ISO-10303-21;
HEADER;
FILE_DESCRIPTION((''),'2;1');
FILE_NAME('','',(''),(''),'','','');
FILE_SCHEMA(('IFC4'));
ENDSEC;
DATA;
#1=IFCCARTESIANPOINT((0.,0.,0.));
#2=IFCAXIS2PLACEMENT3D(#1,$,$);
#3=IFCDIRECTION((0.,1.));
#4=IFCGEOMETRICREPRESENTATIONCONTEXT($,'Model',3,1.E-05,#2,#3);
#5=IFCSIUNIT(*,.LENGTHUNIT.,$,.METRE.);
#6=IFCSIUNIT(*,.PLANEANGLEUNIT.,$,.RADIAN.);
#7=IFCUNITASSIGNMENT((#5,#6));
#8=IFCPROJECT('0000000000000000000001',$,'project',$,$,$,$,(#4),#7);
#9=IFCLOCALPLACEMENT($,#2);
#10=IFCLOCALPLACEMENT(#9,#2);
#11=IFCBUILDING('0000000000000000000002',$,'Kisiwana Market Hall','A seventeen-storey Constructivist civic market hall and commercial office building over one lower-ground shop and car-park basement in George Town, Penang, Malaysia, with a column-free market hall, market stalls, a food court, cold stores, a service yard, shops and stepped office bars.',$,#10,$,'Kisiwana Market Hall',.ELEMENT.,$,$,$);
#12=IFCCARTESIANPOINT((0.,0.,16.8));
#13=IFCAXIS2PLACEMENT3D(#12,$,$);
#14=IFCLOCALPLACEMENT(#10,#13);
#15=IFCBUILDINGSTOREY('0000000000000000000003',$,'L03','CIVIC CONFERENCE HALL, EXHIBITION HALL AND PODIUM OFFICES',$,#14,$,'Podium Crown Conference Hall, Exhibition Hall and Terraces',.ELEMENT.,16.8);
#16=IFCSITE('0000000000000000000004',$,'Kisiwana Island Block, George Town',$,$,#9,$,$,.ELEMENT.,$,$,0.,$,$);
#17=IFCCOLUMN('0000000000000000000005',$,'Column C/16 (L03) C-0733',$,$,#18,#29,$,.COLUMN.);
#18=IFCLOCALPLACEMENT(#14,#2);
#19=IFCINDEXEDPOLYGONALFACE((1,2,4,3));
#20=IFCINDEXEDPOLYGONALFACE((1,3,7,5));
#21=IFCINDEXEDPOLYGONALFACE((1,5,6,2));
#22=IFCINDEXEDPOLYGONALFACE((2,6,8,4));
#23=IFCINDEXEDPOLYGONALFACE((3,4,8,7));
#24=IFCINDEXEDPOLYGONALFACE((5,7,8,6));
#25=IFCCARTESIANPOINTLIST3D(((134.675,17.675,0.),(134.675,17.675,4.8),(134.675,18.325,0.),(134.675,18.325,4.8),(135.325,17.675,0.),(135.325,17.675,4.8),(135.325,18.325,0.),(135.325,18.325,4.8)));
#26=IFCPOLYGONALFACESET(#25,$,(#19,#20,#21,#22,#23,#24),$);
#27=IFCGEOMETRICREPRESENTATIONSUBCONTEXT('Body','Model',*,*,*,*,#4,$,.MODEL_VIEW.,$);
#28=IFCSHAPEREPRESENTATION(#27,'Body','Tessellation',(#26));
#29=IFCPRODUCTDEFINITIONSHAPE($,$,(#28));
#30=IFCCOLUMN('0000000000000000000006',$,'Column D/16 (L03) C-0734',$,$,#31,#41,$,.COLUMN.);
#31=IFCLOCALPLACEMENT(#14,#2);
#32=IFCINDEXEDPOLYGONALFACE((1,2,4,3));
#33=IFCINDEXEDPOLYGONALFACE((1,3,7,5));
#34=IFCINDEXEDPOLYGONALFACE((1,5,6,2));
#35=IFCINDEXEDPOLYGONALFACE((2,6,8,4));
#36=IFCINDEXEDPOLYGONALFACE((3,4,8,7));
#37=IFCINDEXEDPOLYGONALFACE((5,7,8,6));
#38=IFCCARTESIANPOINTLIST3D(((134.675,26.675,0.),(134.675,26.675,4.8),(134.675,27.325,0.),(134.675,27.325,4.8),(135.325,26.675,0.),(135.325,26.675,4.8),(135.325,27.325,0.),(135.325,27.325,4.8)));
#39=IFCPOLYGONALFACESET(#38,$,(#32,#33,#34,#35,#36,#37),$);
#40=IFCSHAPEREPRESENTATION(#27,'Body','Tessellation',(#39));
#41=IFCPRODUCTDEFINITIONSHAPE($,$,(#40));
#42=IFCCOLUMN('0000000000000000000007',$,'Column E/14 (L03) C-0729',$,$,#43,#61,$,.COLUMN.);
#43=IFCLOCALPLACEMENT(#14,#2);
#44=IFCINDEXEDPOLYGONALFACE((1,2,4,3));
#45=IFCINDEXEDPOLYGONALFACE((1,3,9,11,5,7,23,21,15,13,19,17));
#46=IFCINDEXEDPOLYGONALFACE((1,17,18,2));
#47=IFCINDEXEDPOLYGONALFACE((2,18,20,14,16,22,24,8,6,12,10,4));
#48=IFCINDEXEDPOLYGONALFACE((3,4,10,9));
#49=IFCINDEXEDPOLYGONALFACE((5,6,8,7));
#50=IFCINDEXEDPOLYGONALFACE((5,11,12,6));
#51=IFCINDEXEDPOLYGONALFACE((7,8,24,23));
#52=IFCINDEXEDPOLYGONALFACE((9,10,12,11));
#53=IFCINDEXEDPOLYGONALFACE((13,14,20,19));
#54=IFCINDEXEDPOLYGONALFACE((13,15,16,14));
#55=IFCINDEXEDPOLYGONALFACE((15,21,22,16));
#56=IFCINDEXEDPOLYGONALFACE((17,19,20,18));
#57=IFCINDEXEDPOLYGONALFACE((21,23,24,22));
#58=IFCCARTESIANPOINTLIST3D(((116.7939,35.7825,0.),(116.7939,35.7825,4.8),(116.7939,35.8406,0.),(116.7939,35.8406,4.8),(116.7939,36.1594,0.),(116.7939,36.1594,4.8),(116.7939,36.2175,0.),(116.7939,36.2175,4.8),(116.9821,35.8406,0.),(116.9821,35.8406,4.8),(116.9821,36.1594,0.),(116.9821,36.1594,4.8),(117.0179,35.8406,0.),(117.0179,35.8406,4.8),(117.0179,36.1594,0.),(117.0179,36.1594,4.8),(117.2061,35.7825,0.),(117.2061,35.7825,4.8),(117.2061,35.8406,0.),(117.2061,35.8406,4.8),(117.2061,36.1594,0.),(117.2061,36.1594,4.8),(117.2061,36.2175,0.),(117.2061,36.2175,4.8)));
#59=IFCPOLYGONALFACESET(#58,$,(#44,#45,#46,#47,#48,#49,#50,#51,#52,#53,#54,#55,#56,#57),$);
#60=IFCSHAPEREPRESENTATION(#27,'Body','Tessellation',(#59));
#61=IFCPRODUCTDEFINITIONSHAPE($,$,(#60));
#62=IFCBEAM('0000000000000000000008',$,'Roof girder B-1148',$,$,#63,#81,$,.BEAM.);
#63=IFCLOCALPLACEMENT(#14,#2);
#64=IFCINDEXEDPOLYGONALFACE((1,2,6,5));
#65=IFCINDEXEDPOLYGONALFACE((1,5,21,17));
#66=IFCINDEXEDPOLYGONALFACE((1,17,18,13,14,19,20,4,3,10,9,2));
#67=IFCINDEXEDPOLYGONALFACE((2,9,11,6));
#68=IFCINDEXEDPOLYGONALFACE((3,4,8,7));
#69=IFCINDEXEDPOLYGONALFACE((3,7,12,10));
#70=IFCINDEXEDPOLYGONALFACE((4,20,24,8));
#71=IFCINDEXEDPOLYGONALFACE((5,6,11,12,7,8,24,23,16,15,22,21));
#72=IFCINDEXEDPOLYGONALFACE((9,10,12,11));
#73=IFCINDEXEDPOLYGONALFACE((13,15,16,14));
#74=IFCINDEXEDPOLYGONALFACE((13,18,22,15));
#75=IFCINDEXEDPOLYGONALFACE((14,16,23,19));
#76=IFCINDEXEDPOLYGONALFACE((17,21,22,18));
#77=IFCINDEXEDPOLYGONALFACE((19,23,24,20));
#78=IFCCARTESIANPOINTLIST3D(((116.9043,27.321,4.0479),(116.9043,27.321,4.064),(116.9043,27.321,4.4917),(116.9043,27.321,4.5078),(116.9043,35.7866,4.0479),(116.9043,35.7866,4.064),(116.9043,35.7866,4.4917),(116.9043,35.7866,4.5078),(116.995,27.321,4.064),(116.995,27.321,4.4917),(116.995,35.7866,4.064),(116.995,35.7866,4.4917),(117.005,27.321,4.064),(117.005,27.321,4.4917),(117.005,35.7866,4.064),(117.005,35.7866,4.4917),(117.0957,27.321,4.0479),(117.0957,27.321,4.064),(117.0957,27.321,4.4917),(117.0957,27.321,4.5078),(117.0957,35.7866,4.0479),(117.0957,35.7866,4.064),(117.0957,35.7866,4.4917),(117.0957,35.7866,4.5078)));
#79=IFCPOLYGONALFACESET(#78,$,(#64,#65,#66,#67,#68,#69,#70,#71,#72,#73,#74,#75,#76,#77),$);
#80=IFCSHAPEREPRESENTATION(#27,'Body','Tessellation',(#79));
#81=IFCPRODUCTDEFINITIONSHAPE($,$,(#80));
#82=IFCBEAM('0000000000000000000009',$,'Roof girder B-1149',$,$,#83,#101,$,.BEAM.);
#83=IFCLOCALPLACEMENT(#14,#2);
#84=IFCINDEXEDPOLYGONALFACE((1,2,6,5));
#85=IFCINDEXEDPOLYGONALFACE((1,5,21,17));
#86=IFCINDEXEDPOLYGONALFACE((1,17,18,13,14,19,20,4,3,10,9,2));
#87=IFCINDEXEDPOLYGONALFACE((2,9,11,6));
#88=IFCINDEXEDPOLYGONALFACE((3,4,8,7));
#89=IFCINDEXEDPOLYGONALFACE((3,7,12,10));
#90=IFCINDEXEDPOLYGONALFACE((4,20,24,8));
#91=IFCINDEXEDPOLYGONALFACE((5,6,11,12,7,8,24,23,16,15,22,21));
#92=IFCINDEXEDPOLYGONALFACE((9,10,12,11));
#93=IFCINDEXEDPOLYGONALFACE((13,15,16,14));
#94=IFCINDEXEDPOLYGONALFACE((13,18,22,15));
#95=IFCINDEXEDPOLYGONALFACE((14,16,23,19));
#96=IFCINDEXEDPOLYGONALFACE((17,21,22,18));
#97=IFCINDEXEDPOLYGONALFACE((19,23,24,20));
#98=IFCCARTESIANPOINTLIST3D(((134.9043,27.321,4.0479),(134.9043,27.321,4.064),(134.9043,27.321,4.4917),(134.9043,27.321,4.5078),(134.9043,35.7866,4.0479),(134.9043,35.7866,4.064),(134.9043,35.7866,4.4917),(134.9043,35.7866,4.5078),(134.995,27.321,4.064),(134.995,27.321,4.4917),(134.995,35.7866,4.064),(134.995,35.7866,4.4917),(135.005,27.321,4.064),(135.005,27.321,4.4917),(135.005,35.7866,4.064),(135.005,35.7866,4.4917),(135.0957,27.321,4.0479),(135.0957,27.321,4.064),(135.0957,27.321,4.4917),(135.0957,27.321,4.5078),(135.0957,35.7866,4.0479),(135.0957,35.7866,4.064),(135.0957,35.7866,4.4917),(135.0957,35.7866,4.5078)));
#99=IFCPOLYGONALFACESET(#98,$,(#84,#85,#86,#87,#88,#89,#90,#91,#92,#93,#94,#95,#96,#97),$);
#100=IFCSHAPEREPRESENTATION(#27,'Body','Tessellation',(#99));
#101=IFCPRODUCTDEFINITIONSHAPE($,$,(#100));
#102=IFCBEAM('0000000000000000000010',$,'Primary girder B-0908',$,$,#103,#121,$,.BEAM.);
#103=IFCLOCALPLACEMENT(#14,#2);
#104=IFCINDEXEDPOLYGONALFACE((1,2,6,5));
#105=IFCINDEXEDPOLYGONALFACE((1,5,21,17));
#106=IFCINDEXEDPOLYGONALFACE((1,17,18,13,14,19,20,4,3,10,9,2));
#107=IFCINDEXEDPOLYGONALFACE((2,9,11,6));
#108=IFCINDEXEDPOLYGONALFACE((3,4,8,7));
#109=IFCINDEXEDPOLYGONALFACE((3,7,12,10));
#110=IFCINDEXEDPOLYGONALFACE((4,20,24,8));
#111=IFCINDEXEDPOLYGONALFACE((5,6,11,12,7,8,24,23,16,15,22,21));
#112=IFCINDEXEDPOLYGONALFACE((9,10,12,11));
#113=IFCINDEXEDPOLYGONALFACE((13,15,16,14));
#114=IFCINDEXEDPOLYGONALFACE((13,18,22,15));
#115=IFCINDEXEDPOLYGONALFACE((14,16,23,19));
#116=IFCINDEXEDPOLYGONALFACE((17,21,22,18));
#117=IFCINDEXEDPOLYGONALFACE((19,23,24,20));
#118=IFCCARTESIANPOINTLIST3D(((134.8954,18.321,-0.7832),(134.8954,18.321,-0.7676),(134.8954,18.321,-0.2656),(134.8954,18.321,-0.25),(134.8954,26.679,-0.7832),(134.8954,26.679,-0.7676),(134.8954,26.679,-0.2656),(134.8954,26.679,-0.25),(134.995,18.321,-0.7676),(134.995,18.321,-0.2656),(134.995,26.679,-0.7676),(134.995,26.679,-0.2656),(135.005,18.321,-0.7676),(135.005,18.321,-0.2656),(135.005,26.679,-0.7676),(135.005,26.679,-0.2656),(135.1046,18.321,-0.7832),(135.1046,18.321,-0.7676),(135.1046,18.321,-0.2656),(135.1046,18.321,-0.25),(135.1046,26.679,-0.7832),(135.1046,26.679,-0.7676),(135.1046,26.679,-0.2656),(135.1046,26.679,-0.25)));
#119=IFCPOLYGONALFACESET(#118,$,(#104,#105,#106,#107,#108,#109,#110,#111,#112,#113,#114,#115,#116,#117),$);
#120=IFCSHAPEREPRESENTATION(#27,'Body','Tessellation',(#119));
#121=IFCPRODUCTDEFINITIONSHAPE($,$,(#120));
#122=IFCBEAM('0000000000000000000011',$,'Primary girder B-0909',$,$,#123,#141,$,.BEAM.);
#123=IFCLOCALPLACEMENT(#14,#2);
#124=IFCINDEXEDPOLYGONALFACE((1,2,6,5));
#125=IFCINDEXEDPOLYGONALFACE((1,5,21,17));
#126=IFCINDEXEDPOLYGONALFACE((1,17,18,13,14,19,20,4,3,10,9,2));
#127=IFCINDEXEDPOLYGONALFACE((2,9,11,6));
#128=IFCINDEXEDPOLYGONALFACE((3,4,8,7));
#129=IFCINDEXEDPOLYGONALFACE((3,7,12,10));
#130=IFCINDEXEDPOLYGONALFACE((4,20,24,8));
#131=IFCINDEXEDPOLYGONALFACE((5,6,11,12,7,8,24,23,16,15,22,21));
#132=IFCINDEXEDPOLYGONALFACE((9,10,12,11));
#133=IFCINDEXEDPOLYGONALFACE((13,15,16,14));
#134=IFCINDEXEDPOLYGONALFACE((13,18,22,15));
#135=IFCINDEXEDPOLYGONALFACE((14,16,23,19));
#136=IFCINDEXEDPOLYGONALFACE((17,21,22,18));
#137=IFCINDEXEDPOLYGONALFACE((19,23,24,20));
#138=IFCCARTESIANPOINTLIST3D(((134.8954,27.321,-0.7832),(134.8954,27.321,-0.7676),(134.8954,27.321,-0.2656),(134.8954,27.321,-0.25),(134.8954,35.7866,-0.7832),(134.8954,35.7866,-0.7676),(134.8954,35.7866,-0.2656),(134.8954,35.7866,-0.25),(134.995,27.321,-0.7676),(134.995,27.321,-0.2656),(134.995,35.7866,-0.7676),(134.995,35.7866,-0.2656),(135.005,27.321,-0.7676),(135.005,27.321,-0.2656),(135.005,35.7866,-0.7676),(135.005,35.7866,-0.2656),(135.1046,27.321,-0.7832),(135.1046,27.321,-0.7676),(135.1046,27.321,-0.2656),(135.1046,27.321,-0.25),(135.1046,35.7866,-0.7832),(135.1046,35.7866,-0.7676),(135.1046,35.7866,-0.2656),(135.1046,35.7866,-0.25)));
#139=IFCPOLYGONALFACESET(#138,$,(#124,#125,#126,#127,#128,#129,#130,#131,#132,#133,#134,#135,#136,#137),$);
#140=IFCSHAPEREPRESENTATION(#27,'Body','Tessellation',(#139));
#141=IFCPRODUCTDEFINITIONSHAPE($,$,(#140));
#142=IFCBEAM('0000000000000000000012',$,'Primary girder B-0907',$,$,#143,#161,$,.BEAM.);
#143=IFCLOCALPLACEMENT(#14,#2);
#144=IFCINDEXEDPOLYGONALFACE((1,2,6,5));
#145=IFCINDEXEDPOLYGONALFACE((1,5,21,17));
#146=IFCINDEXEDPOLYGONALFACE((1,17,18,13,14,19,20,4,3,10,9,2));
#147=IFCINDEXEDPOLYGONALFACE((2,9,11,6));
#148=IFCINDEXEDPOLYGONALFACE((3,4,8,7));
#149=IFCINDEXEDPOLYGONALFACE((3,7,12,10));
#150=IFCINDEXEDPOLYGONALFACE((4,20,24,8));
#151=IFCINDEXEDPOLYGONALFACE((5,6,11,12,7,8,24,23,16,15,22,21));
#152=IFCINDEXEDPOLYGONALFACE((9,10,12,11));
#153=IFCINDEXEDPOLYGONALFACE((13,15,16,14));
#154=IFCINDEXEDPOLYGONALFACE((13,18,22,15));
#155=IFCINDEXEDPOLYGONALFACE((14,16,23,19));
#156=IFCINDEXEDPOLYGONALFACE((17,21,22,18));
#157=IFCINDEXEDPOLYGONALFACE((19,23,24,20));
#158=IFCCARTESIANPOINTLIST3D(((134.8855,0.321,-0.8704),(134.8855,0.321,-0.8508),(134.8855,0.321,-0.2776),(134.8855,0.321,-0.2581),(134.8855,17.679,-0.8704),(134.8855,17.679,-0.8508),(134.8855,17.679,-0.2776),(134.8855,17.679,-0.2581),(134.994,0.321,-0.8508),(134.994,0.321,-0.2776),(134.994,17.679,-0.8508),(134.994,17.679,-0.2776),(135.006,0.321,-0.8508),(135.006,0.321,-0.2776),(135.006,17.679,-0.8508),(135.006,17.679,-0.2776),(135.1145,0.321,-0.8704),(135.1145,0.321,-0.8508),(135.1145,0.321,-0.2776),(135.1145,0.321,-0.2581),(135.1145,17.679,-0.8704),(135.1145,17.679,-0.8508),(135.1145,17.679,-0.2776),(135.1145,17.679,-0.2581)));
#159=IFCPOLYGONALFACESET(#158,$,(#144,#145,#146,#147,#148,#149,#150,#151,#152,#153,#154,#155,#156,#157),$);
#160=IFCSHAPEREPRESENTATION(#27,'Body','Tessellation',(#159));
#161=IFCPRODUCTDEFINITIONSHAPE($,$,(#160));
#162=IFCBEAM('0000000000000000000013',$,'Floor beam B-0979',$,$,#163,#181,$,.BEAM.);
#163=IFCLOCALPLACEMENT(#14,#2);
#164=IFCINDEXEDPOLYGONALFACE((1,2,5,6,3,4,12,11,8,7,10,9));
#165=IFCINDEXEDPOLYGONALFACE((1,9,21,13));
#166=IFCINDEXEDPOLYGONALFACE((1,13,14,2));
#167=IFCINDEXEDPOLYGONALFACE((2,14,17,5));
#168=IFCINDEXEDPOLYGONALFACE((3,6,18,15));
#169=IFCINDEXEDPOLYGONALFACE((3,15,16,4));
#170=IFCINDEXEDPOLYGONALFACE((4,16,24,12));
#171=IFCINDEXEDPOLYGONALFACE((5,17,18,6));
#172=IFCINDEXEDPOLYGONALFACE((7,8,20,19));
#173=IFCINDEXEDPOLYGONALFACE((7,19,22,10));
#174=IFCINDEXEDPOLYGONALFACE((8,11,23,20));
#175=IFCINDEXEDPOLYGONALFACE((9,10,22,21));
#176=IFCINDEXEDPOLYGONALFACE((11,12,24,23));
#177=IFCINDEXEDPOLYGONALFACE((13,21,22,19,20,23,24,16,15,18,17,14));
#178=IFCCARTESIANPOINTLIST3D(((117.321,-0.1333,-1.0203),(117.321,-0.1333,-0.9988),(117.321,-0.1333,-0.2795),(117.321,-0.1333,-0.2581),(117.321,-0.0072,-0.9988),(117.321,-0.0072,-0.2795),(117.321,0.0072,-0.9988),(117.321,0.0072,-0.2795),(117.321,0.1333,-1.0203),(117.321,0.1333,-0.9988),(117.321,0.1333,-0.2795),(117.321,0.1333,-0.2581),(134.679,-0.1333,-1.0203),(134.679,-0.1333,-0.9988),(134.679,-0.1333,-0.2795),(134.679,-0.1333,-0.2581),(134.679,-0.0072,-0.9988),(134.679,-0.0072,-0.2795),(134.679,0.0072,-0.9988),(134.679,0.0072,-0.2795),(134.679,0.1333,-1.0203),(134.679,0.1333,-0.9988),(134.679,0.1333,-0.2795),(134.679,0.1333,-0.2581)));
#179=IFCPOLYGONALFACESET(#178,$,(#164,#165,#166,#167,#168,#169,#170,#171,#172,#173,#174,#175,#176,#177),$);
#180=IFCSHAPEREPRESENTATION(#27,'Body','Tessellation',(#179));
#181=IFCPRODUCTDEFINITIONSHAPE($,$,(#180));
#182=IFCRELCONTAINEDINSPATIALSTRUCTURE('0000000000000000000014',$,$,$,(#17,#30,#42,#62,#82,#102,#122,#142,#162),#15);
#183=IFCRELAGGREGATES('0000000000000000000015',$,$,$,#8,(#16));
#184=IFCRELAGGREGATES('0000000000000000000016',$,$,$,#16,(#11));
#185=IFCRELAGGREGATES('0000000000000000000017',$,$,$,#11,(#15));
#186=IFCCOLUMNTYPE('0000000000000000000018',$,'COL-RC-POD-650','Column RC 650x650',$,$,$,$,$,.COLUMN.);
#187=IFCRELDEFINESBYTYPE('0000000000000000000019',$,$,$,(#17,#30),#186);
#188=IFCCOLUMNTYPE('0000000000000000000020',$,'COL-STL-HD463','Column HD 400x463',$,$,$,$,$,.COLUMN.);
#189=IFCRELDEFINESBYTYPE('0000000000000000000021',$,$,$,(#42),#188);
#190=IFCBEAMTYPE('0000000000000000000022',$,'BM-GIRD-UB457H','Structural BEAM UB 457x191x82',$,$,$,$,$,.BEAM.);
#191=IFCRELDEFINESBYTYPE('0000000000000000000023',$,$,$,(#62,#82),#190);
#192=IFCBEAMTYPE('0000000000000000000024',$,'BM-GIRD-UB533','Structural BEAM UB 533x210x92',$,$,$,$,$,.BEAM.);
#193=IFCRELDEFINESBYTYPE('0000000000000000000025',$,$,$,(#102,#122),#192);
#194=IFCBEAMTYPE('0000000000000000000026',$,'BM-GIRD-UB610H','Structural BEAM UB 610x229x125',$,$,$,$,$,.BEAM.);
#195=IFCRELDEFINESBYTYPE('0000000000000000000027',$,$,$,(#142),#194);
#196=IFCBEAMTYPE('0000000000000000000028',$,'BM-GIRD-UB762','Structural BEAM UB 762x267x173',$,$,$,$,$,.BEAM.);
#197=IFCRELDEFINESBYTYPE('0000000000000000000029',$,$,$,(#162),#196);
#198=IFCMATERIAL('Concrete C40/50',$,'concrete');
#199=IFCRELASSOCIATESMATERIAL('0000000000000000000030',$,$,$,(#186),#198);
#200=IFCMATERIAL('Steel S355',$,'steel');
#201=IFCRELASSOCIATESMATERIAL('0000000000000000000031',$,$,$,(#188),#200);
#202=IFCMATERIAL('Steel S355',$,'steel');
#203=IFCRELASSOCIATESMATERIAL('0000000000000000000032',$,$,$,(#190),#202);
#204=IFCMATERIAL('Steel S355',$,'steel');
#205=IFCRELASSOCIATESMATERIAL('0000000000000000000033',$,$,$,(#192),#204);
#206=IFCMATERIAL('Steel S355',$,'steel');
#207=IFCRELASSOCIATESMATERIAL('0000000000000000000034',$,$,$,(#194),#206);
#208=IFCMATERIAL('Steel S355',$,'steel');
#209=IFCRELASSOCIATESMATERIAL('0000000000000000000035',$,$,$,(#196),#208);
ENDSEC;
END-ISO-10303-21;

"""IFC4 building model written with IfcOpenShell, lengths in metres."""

from ifc_helpers import new_model, si_unit, direction, frame, origin, origin_2d, place, context, subcontext, project, spatial, rectangle, i_section, extrude, material, material_profile, profile_set, type_object, element, save


model = new_model("IFC4")

# Units and contexts
model_context = context("Model", 3, precision=1e-05, world=origin(), true_north=direction((0.0, 1.0)))
body_context = subcontext(model_context, "Body", "Model", "MODEL_VIEW")
ifc_project = project(units=[si_unit("LENGTHUNIT", "METRE"), si_unit("PLANEANGLEUNIT", "RADIAN")], contexts=[model_context])

# Site, building, storey
site_placement = place(None, origin())
site = spatial("IfcSite", under=ifc_project, at=site_placement, Name="Kisiwana Island Block, George Town", CompositionType="ELEMENT", RefElevation=0.0)
building_placement = place(site_placement, origin())
building = spatial("IfcBuilding", under=site, at=building_placement, Name="Kisiwana Market Hall", Description="A seventeen-storey Constructivist civic market hall and commercial office building over one lower-ground shop and car-park basement in George Town, Penang, Malaysia, with a column-free market hall, market stalls, a food court, cold stores, a service yard, shops and stepped office bars.", LongName="Kisiwana Market Hall", CompositionType="ELEMENT")
storey_placement = place(building_placement, frame((0.0, 0.0, 16.8)))
storey = spatial("IfcBuildingStorey", under=building, at=storey_placement, Name="L03", Description="CIVIC CONFERENCE HALL, EXHIBITION HALL AND PODIUM OFFICES", LongName="Podium Crown Conference Hall, Exhibition Hall and Terraces", CompositionType="ELEMENT", Elevation=16.8)

# Columns
ifc_material_1 = material(Name="Concrete C40/50", Category="concrete")
ifc_material_profile_1 = material_profile(ifc_material_1, rectangle(XDim=0.6499, YDim=0.6499, at=origin_2d()), Name="RC 650x650")
ifc_profile_set_1 = profile_set([ifc_material_profile_1], Name="Concrete C40/50")
column_type_1 = type_object("IfcColumnType", Name="COL-RC-POD-650", Description="Column RC 650x650", PredefinedType="COLUMN", material=ifc_profile_set_1)
for number, where, z_axis, x_axis, name in (
    (1, (135.0, 18.0, 0.0), (0.0, 0.0, 1.0), (1.0, 0.0, 0.0), "Column C/16 (L03) C-0733"),
    (2, (135.0, 27.0, 0.0), (0.0, 0.0, 1.0), (1.0, 0.0, 0.0), "Column D/16 (L03) C-0734"),
):
    element("IfcColumn", number, at=place(storey_placement, frame(where, z_axis=z_axis, x_axis=x_axis)), inside=storey, type_object=column_type_1, Name=name, PredefinedType="COLUMN", context=body_context, shape_type="SweptSolid", body=[
        extrude(rectangle(XDim=0.6499, YDim=0.6499, at=origin_2d()), origin(), (0.0, 0.0, 1.0), 4.8),
    ])
ifc_material_2 = material(Name="Steel S355", Category="steel")
ifc_material_profile_2 = material_profile(ifc_material_2, i_section(OverallWidth=0.4121, OverallDepth=0.4351, WebThickness=0.0359, FlangeThickness=0.0581, at=origin_2d()), Name="HD 400x463")
ifc_profile_set_2 = profile_set([ifc_material_profile_2], Name="Steel S355")
column_type_2 = type_object("IfcColumnType", Name="COL-STL-HD463", Description="Column HD 400x463", PredefinedType="COLUMN", material=ifc_profile_set_2)
column_placement = place(storey_placement, frame((117.0, 36.0, 0.0), z_axis=(0.0, 0.0, 1.0), x_axis=(1.0, 0.0, 0.0)))
element("IfcColumn", 3, at=column_placement, inside=storey, type_object=column_type_2, Name="Column E/14 (L03) C-0729", PredefinedType="COLUMN", context=body_context, shape_type="SweptSolid", body=[
    extrude(i_section(OverallWidth=0.4121, OverallDepth=0.4351, WebThickness=0.0359, FlangeThickness=0.0581, at=origin_2d()), origin(), (0.0, 0.0, 1.0), 4.8),
])

# Beams
ifc_material_3 = material(Name="Steel S355", Category="steel")
ifc_material_profile_3 = material_profile(ifc_material_3, i_section(OverallWidth=0.1914, OverallDepth=0.46, WebThickness=0.01, FlangeThickness=0.0161, at=origin_2d()), Name="UB 457x191x82")
ifc_profile_set_3 = profile_set([ifc_material_profile_3], Name="Steel S355")
beam_type_1 = type_object("IfcBeamType", Name="BM-GIRD-UB457H", Description="Structural BEAM UB 457x191x82", PredefinedType="BEAM", material=ifc_profile_set_3)
for number, where, z_axis, x_axis, name in (
    (4, (117.0, 27.321, 4.2778), (0.0, 1.0, 0.0), (-1.0, 0.0, 0.0), "Roof girder B-1148"),
    (5, (135.0, 27.321, 4.2778), (0.0, 1.0, 0.0), (-1.0, 0.0, 0.0), "Roof girder B-1149"),
):
    element("IfcBeam", number, at=place(storey_placement, frame(where, z_axis=z_axis, x_axis=x_axis)), inside=storey, type_object=beam_type_1, Name=name, PredefinedType="BEAM", context=body_context, shape_type="SweptSolid", body=[
        extrude(i_section(OverallWidth=0.1914, OverallDepth=0.46, WebThickness=0.01, FlangeThickness=0.0161, at=origin_2d()), origin(), (0.0, 0.0, 1.0), 8.4656),
    ])
ifc_material_4 = material(Name="Steel S355", Category="steel")
ifc_material_profile_4 = material_profile(ifc_material_4, i_section(OverallWidth=0.2092, OverallDepth=0.5332, WebThickness=0.01, FlangeThickness=0.0156, at=origin_2d()), Name="UB 533x210x92")
ifc_profile_set_4 = profile_set([ifc_material_profile_4], Name="Steel S355")
beam_type_2 = type_object("IfcBeamType", Name="BM-GIRD-UB533", Description="Structural BEAM UB 533x210x92", PredefinedType="BEAM", material=ifc_profile_set_4)
beam_1_placement = place(storey_placement, frame((135.0, 18.321, -0.5166), z_axis=(0.0, 1.0, 0.0), x_axis=(-1.0, 0.0, 0.0)))
element("IfcBeam", 6, at=beam_1_placement, inside=storey, type_object=beam_type_2, Name="Primary girder B-0908", PredefinedType="BEAM", context=body_context, shape_type="SweptSolid", body=[
    extrude(i_section(OverallWidth=0.2092, OverallDepth=0.5332, WebThickness=0.01, FlangeThickness=0.0156, at=origin_2d()), origin(), (0.0, 0.0, 1.0), 8.3579),
])
beam_2_placement = place(storey_placement, frame((135.0, 27.321, -0.5166), z_axis=(0.0, 1.0, 0.0), x_axis=(-1.0, 0.0, 0.0)))
element("IfcBeam", 7, at=beam_2_placement, inside=storey, type_object=beam_type_2, Name="Primary girder B-0909", PredefinedType="BEAM", context=body_context, shape_type="SweptSolid", body=[
    extrude(i_section(OverallWidth=0.2092, OverallDepth=0.5332, WebThickness=0.01, FlangeThickness=0.0156, at=origin_2d()), origin(), (0.0, 0.0, 1.0), 8.4656),
])
ifc_material_5 = material(Name="Steel S355", Category="steel")
ifc_material_profile_5 = material_profile(ifc_material_5, i_section(OverallWidth=0.229, OverallDepth=0.6123, WebThickness=0.012, FlangeThickness=0.0195, at=origin_2d()), Name="UB 610x229x125")
ifc_profile_set_5 = profile_set([ifc_material_profile_5], Name="Steel S355")
beam_type_3 = type_object("IfcBeamType", Name="BM-GIRD-UB610H", Description="Structural BEAM UB 610x229x125", PredefinedType="BEAM", material=ifc_profile_set_5)
beam_3_placement = place(storey_placement, frame((135.0, 0.321, -0.5642), z_axis=(0.0, 1.0, 0.0), x_axis=(-1.0, 0.0, 0.0)))
element("IfcBeam", 8, at=beam_3_placement, inside=storey, type_object=beam_type_3, Name="Primary girder B-0907", PredefinedType="BEAM", context=body_context, shape_type="SweptSolid", body=[
    extrude(i_section(OverallWidth=0.229, OverallDepth=0.6123, WebThickness=0.012, FlangeThickness=0.0195, at=origin_2d()), origin(), (0.0, 0.0, 1.0), 17.3579),
])
ifc_material_6 = material(Name="Steel S355", Category="steel")
ifc_material_profile_6 = material_profile(ifc_material_6, i_section(OverallWidth=0.2666, OverallDepth=0.7622, WebThickness=0.0144, FlangeThickness=0.0215, at=origin_2d()), Name="UB 762x267x173")
ifc_profile_set_6 = profile_set([ifc_material_profile_6], Name="Steel S355")
beam_type_4 = type_object("IfcBeamType", Name="BM-GIRD-UB762", Description="Structural BEAM UB 762x267x173", PredefinedType="BEAM", material=ifc_profile_set_6)
for number, where, z_axis, x_axis, name in (
    (9, (117.321, 0.0, -0.6392), (1.0, 0.0, 0.0), (0.0, 1.0, 0.0), "Floor beam B-0979"),
):
    element("IfcBeam", number, at=place(storey_placement, frame(where, z_axis=z_axis, x_axis=x_axis)), inside=storey, type_object=beam_type_4, Name=name, PredefinedType="BEAM", context=body_context, shape_type="SweptSolid", body=[
        extrude(i_section(OverallWidth=0.2666, OverallDepth=0.7622, WebThickness=0.0144, FlangeThickness=0.0215, at=origin_2d()), origin(), (0.0, 0.0, 1.0), 17.3579),
    ])

save(model, "model.ifc")
